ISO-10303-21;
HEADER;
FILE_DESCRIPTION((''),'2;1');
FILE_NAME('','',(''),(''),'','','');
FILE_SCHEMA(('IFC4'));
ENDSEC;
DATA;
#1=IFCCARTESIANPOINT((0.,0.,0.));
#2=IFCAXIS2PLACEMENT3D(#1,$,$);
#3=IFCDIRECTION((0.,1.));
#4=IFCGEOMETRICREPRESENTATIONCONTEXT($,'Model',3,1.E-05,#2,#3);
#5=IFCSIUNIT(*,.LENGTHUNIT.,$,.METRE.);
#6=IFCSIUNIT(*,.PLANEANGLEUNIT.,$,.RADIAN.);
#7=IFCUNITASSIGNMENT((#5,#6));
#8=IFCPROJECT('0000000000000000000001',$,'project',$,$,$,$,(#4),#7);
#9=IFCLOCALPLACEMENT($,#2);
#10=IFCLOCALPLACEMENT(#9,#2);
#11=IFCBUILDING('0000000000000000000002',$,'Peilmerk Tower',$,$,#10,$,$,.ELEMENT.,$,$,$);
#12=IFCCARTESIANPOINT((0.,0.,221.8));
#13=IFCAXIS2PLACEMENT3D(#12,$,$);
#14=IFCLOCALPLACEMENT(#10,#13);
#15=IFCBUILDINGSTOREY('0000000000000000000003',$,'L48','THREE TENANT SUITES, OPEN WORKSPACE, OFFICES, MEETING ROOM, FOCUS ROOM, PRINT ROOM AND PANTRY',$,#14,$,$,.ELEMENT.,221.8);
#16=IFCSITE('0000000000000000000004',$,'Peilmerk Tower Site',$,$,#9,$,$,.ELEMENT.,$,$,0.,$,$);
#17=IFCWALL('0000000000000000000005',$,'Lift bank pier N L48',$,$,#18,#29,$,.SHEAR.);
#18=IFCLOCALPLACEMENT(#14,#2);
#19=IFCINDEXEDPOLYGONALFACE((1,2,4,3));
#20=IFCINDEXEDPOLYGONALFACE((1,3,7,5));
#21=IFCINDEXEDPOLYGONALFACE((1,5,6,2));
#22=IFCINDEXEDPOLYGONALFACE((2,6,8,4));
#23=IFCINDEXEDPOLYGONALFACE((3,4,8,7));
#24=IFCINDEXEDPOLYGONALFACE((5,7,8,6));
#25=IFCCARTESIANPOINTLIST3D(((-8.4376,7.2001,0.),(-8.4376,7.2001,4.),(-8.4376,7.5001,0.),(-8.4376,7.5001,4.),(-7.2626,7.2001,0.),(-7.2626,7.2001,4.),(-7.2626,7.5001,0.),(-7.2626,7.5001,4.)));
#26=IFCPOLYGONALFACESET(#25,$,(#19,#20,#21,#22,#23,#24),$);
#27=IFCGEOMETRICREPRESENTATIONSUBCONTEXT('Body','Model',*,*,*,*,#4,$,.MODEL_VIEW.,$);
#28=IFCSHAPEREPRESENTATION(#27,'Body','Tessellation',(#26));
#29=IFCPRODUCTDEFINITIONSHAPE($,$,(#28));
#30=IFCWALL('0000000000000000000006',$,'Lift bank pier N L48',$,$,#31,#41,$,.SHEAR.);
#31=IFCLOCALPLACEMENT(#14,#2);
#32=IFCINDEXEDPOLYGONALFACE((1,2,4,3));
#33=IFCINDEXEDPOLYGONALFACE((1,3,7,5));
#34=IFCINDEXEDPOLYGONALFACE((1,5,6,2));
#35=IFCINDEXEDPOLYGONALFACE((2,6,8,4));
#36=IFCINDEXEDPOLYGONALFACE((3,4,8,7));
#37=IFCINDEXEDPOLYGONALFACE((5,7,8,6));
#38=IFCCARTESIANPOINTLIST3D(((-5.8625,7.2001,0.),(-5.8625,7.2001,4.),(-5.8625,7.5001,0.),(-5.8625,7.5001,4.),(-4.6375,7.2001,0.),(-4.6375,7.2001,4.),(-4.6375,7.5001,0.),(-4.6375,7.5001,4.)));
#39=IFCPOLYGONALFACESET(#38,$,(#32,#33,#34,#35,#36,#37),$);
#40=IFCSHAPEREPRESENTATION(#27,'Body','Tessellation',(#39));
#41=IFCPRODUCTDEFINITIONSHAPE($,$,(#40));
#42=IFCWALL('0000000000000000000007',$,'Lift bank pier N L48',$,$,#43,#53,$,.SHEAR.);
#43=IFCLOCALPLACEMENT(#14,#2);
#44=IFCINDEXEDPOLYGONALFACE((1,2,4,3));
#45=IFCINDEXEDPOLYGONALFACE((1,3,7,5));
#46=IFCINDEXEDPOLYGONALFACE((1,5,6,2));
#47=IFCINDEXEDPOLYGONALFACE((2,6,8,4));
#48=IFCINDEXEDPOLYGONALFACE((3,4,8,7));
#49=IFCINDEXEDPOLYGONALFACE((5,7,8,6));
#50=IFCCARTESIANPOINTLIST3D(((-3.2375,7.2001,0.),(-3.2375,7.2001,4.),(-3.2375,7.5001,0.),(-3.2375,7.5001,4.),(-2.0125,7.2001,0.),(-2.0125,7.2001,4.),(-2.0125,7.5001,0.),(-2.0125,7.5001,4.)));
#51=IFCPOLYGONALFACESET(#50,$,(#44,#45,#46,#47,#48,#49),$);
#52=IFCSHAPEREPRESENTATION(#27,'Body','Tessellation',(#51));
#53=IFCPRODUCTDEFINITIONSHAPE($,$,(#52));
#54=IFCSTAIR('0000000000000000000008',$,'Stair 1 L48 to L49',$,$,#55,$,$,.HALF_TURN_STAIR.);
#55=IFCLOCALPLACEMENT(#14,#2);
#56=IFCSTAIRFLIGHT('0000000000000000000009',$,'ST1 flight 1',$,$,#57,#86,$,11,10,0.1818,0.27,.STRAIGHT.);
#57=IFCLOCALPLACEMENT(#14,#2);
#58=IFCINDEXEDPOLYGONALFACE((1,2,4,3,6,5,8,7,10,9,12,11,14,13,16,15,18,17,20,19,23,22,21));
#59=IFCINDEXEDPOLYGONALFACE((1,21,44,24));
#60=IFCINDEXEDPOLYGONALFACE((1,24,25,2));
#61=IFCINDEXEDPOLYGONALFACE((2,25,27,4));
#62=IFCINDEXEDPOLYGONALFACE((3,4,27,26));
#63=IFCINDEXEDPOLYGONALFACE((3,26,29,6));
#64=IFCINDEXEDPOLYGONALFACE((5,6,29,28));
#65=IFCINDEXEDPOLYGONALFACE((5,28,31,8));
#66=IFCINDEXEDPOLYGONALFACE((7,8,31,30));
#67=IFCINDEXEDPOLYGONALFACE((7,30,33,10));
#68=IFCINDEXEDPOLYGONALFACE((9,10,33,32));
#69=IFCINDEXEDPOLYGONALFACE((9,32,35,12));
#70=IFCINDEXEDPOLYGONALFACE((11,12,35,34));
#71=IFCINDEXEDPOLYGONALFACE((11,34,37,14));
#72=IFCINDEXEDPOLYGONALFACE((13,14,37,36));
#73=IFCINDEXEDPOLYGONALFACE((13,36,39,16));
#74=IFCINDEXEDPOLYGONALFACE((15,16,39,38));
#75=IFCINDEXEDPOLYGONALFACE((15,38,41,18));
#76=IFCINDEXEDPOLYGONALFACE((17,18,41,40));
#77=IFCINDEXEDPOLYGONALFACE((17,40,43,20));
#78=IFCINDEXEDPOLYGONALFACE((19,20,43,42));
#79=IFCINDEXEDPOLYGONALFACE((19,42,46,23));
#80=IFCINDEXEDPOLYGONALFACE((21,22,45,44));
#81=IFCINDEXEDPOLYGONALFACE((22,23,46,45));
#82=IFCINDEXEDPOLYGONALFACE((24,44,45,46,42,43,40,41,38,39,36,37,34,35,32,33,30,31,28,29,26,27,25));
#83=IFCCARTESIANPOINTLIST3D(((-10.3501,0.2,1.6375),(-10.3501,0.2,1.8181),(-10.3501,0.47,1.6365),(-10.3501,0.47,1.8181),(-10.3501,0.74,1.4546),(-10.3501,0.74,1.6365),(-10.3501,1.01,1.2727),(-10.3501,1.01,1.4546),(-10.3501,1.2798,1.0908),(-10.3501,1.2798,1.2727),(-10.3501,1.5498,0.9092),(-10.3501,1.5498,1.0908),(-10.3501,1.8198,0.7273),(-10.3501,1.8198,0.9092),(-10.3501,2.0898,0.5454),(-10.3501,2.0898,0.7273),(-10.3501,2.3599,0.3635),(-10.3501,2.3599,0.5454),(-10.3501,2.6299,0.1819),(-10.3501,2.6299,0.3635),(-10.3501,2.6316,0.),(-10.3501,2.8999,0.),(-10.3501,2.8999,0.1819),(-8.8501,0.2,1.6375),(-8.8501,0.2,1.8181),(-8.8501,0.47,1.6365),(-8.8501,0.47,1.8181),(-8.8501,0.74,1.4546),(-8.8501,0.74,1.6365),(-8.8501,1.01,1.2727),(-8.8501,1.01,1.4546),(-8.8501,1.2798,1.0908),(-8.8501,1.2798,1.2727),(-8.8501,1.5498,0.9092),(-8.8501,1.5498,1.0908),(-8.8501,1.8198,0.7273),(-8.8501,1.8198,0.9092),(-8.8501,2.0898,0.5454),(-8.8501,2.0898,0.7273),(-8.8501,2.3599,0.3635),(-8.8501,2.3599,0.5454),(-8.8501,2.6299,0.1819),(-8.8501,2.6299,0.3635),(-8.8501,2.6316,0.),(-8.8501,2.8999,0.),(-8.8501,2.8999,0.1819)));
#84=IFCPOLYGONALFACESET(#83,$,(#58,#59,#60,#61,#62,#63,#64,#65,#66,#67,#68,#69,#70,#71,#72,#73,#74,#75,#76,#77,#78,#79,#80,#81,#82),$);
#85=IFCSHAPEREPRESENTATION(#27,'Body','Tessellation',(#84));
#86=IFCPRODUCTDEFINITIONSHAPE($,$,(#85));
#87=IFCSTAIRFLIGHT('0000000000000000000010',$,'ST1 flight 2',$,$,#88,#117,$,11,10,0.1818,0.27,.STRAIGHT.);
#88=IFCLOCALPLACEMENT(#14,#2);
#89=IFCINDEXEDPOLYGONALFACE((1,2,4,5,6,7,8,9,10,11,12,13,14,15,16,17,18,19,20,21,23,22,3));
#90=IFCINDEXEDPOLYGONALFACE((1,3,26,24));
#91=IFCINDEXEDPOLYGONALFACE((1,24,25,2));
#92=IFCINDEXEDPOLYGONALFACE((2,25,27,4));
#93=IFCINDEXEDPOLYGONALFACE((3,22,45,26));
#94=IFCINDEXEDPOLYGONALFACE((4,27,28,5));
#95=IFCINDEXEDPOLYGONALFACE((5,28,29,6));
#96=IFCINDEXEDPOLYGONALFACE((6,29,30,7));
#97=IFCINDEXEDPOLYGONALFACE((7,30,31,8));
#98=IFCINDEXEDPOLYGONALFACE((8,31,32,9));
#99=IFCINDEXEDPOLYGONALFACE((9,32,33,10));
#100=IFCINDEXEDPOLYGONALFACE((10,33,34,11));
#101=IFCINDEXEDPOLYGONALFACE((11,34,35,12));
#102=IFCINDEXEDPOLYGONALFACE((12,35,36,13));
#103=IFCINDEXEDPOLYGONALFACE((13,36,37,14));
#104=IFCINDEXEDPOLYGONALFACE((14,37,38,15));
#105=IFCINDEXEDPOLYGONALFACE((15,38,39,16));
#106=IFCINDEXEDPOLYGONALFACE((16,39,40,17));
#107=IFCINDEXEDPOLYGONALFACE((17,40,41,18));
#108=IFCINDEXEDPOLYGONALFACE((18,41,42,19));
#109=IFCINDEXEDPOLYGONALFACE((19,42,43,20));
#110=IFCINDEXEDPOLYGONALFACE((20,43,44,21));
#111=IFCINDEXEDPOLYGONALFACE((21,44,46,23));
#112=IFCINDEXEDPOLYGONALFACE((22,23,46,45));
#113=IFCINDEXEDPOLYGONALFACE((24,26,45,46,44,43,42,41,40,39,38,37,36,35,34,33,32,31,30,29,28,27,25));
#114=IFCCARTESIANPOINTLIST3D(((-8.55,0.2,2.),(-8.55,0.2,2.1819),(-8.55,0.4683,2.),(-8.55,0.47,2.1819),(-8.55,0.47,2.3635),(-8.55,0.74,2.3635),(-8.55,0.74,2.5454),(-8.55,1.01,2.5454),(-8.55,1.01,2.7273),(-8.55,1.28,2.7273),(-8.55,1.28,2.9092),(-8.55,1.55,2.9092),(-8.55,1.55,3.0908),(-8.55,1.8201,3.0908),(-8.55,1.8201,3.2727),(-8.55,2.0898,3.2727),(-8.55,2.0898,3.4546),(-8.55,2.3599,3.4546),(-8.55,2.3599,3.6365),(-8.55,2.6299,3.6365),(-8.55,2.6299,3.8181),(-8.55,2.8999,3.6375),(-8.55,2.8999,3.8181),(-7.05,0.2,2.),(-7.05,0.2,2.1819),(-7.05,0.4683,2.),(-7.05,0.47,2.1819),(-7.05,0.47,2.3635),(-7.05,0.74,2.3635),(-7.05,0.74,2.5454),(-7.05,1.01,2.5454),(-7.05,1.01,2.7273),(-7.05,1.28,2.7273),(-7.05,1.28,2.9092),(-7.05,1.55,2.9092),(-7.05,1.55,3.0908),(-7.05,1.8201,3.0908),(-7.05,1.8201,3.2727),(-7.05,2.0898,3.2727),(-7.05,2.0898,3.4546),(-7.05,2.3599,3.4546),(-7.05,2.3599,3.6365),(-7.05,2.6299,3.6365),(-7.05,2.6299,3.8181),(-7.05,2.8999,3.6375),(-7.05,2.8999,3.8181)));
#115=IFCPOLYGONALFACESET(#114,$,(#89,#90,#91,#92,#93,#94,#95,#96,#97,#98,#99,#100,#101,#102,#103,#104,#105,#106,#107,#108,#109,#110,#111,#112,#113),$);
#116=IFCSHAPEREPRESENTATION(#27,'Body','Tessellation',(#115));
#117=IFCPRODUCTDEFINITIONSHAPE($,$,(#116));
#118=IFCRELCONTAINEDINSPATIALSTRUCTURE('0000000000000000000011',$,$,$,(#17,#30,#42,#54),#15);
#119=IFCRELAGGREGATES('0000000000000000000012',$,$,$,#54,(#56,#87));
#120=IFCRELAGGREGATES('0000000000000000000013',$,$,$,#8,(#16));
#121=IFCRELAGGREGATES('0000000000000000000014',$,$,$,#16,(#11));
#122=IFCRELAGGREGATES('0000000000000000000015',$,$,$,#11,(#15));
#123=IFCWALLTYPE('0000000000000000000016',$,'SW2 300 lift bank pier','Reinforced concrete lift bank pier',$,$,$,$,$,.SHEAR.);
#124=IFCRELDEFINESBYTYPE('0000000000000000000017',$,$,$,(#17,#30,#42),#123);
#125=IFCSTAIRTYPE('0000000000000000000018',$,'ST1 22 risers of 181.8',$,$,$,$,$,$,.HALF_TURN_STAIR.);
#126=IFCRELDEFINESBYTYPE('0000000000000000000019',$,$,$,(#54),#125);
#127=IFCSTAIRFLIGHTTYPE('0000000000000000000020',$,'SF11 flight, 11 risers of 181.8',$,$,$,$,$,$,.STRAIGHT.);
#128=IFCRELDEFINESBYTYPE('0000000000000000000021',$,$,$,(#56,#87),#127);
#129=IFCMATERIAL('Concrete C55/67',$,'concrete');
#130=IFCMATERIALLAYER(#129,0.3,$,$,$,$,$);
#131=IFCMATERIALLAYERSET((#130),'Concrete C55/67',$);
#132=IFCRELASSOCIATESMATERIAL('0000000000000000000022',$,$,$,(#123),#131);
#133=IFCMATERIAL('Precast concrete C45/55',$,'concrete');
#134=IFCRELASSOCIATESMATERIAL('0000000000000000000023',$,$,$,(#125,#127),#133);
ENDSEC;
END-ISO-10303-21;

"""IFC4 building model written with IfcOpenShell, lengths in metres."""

from ifc_helpers import new_model, si_unit, direction, frame, frame_2d, origin, place, context, subcontext, project, spatial, polyline, rectangle, outline, extrude, material, layer, layer_set, type_object, element, aggregate, save


model = new_model("IFC4")

# Units and contexts
model_context = context("Model", 3, precision=1e-05, world=origin(), true_north=direction((0.0, 1.0)))
body_context = subcontext(model_context, "Body", "Model", "MODEL_VIEW")
ifc_project = project(units=[si_unit("LENGTHUNIT", "METRE"), si_unit("PLANEANGLEUNIT", "RADIAN")], contexts=[model_context])

# Site, building, storey
site_placement = place(None, origin())
site = spatial("IfcSite", under=ifc_project, at=site_placement, Name="Peilmerk Tower Site", CompositionType="ELEMENT", RefElevation=0.0)
building_placement = place(site_placement, origin())
building = spatial("IfcBuilding", under=site, at=building_placement, Name="Peilmerk Tower", CompositionType="ELEMENT")
storey_placement = place(building_placement, frame((0.0, 0.0, 221.8)))
storey = spatial("IfcBuildingStorey", under=building, at=storey_placement, Name="L48", Description="THREE TENANT SUITES, OPEN WORKSPACE, OFFICES, MEETING ROOM, FOCUS ROOM, PRINT ROOM AND PANTRY", CompositionType="ELEMENT", Elevation=221.8)

# Shared definitions
ifc_material_1 = material(Name="Concrete C55/67", Category="concrete")

# Walls
ifc_layer_1 = layer(ifc_material_1, 0.3)
ifc_layer_set_1 = layer_set([ifc_layer_1], Name="Concrete C55/67")
wall_type_1 = type_object("IfcWallType", Name="SW2 300 lift bank pier", Description="Reinforced concrete lift bank pier", PredefinedType="SHEAR", material=ifc_layer_set_1)
wall_1_placement = place(storey_placement, frame((-8.4375, 7.3501, 0.0), z_axis=(0.0, 0.0, 1.0), x_axis=(1.0, 0.0, 0.0)))
element("IfcWall", 1, at=wall_1_placement, inside=storey, type_object=wall_type_1, Name="Lift bank pier N L48", PredefinedType="SHEAR", context=body_context, shape_type="SweptSolid", body=[
    extrude(rectangle(XDim=1.175, YDim=0.3, at=frame_2d((0.5874, 0.0))), origin(), (0.0, 0.0, 1.0), 4.0),
])
for number, where, z_axis, x_axis, name in (
    (2, (-5.8625, 7.3501, 0.0), (0.0, 0.0, 1.0), (1.0, 0.0, 0.0), "Lift bank pier N L48"),
    (3, (-3.2375, 7.3501, 0.0), (0.0, 0.0, 1.0), (1.0, 0.0, 0.0), "Lift bank pier N L48"),
):
    element("IfcWall", number, at=place(storey_placement, frame(where, z_axis=z_axis, x_axis=x_axis)), inside=storey, type_object=wall_type_1, Name=name, PredefinedType="SHEAR", context=body_context, shape_type="SweptSolid", body=[
        extrude(rectangle(XDim=1.2251, YDim=0.3, at=frame_2d((0.6125, 0.0))), origin(), (0.0, 0.0, 1.0), 4.0),
    ])

# Stair, stair flights
ifc_material_2 = material(Name="Precast concrete C45/55", Category="concrete")
stair_type = type_object("IfcStairType", Name="ST1 22 risers of 181.8", PredefinedType="HALF_TURN_STAIR", material=ifc_material_2)
stair_placement = place(storey_placement, origin())
stair = element("IfcStair", 4, at=stair_placement, inside=storey, type_object=stair_type, Name="Stair 1 L48 to L49", PredefinedType="HALF_TURN_STAIR")
stair_flight_type = type_object("IfcStairFlightType", Name="SF11 flight, 11 risers of 181.8", PredefinedType="STRAIGHT", material=ifc_material_2)
stair_flight_1_placement = place(storey_placement, frame((-9.6001, 2.8999, 0.0), z_axis=(0.0, 0.0, 1.0), x_axis=(0.0, -1.0, 0.0)))
stair_flight_1 = element("IfcStairFlight", 5, at=stair_flight_1_placement, type_object=stair_flight_type, Name="ST1 flight 1", NumberOfRisers=11, NumberOfTreads=10, PredefinedType="STRAIGHT", RiserHeight=0.1818, TreadLength=0.27, context=body_context, shape_type="SweptSolid", body=[
    extrude(outline(polyline([(0.0, 0.0), (0.0, 0.1819), (0.27, 0.1819), (0.27, 0.3635), (0.54, 0.3635), (0.54, 0.5454), (0.8101, 0.5454), (0.8101, 0.7273), (1.0801, 0.7273), (1.0801, 0.9092), (1.3501, 0.9092), (1.3501, 1.0908), (1.6201, 1.0908), (1.6201, 1.2727), (1.8899, 1.2727), (1.8899, 1.4546), (2.1599, 1.4546), (2.1599, 1.6365), (2.4299, 1.6365), (2.4299, 1.8181), (2.7, 1.8181), (2.7, 2.0), (2.7, 1.6375), (0.2683, 0.0), (0.0, 0.0)])), frame((0.0, 0.75, 0.0), z_axis=(0.0, -1.0, 0.0), x_axis=(1.0, 0.0, 0.0)), (0.0, 0.0, 1.0), 1.5),
])
stair_flight_2_placement = place(storey_placement, frame((-7.8, 0.2, 2.0), z_axis=(0.0, 0.0, 1.0), x_axis=(0.0, 1.0, 0.0)))
stair_flight_2 = element("IfcStairFlight", 6, at=stair_flight_2_placement, type_object=stair_flight_type, Name="ST1 flight 2", NumberOfRisers=11, NumberOfTreads=10, PredefinedType="STRAIGHT", RiserHeight=0.1818, TreadLength=0.27, context=body_context, shape_type="SweptSolid", body=[
    extrude(outline(polyline([(0.0, 0.0), (0.0, 0.1819), (0.27, 0.1819), (0.27, 0.3635), (0.54, 0.3635), (0.54, 0.5454), (0.8101, 0.5454), (0.8101, 0.7273), (1.0801, 0.7273), (1.0801, 0.9092), (1.3501, 0.9092), (1.3501, 1.0908), (1.6201, 1.0908), (1.6201, 1.2727), (1.8899, 1.2727), (1.8899, 1.4546), (2.1599, 1.4546), (2.1599, 1.6365), (2.4299, 1.6365), (2.4299, 1.8181), (2.7, 1.8181), (2.7, 2.0), (2.7, 1.6375), (0.2683, 0.0), (0.0, 0.0)])), frame((0.0, 0.75, 0.0), z_axis=(0.0, -1.0, 0.0), x_axis=(1.0, 0.0, 0.0)), (0.0, 0.0, 1.0), 1.5),
])
aggregate(stair, [stair_flight_1, stair_flight_2])

save(model, "model.ifc")
